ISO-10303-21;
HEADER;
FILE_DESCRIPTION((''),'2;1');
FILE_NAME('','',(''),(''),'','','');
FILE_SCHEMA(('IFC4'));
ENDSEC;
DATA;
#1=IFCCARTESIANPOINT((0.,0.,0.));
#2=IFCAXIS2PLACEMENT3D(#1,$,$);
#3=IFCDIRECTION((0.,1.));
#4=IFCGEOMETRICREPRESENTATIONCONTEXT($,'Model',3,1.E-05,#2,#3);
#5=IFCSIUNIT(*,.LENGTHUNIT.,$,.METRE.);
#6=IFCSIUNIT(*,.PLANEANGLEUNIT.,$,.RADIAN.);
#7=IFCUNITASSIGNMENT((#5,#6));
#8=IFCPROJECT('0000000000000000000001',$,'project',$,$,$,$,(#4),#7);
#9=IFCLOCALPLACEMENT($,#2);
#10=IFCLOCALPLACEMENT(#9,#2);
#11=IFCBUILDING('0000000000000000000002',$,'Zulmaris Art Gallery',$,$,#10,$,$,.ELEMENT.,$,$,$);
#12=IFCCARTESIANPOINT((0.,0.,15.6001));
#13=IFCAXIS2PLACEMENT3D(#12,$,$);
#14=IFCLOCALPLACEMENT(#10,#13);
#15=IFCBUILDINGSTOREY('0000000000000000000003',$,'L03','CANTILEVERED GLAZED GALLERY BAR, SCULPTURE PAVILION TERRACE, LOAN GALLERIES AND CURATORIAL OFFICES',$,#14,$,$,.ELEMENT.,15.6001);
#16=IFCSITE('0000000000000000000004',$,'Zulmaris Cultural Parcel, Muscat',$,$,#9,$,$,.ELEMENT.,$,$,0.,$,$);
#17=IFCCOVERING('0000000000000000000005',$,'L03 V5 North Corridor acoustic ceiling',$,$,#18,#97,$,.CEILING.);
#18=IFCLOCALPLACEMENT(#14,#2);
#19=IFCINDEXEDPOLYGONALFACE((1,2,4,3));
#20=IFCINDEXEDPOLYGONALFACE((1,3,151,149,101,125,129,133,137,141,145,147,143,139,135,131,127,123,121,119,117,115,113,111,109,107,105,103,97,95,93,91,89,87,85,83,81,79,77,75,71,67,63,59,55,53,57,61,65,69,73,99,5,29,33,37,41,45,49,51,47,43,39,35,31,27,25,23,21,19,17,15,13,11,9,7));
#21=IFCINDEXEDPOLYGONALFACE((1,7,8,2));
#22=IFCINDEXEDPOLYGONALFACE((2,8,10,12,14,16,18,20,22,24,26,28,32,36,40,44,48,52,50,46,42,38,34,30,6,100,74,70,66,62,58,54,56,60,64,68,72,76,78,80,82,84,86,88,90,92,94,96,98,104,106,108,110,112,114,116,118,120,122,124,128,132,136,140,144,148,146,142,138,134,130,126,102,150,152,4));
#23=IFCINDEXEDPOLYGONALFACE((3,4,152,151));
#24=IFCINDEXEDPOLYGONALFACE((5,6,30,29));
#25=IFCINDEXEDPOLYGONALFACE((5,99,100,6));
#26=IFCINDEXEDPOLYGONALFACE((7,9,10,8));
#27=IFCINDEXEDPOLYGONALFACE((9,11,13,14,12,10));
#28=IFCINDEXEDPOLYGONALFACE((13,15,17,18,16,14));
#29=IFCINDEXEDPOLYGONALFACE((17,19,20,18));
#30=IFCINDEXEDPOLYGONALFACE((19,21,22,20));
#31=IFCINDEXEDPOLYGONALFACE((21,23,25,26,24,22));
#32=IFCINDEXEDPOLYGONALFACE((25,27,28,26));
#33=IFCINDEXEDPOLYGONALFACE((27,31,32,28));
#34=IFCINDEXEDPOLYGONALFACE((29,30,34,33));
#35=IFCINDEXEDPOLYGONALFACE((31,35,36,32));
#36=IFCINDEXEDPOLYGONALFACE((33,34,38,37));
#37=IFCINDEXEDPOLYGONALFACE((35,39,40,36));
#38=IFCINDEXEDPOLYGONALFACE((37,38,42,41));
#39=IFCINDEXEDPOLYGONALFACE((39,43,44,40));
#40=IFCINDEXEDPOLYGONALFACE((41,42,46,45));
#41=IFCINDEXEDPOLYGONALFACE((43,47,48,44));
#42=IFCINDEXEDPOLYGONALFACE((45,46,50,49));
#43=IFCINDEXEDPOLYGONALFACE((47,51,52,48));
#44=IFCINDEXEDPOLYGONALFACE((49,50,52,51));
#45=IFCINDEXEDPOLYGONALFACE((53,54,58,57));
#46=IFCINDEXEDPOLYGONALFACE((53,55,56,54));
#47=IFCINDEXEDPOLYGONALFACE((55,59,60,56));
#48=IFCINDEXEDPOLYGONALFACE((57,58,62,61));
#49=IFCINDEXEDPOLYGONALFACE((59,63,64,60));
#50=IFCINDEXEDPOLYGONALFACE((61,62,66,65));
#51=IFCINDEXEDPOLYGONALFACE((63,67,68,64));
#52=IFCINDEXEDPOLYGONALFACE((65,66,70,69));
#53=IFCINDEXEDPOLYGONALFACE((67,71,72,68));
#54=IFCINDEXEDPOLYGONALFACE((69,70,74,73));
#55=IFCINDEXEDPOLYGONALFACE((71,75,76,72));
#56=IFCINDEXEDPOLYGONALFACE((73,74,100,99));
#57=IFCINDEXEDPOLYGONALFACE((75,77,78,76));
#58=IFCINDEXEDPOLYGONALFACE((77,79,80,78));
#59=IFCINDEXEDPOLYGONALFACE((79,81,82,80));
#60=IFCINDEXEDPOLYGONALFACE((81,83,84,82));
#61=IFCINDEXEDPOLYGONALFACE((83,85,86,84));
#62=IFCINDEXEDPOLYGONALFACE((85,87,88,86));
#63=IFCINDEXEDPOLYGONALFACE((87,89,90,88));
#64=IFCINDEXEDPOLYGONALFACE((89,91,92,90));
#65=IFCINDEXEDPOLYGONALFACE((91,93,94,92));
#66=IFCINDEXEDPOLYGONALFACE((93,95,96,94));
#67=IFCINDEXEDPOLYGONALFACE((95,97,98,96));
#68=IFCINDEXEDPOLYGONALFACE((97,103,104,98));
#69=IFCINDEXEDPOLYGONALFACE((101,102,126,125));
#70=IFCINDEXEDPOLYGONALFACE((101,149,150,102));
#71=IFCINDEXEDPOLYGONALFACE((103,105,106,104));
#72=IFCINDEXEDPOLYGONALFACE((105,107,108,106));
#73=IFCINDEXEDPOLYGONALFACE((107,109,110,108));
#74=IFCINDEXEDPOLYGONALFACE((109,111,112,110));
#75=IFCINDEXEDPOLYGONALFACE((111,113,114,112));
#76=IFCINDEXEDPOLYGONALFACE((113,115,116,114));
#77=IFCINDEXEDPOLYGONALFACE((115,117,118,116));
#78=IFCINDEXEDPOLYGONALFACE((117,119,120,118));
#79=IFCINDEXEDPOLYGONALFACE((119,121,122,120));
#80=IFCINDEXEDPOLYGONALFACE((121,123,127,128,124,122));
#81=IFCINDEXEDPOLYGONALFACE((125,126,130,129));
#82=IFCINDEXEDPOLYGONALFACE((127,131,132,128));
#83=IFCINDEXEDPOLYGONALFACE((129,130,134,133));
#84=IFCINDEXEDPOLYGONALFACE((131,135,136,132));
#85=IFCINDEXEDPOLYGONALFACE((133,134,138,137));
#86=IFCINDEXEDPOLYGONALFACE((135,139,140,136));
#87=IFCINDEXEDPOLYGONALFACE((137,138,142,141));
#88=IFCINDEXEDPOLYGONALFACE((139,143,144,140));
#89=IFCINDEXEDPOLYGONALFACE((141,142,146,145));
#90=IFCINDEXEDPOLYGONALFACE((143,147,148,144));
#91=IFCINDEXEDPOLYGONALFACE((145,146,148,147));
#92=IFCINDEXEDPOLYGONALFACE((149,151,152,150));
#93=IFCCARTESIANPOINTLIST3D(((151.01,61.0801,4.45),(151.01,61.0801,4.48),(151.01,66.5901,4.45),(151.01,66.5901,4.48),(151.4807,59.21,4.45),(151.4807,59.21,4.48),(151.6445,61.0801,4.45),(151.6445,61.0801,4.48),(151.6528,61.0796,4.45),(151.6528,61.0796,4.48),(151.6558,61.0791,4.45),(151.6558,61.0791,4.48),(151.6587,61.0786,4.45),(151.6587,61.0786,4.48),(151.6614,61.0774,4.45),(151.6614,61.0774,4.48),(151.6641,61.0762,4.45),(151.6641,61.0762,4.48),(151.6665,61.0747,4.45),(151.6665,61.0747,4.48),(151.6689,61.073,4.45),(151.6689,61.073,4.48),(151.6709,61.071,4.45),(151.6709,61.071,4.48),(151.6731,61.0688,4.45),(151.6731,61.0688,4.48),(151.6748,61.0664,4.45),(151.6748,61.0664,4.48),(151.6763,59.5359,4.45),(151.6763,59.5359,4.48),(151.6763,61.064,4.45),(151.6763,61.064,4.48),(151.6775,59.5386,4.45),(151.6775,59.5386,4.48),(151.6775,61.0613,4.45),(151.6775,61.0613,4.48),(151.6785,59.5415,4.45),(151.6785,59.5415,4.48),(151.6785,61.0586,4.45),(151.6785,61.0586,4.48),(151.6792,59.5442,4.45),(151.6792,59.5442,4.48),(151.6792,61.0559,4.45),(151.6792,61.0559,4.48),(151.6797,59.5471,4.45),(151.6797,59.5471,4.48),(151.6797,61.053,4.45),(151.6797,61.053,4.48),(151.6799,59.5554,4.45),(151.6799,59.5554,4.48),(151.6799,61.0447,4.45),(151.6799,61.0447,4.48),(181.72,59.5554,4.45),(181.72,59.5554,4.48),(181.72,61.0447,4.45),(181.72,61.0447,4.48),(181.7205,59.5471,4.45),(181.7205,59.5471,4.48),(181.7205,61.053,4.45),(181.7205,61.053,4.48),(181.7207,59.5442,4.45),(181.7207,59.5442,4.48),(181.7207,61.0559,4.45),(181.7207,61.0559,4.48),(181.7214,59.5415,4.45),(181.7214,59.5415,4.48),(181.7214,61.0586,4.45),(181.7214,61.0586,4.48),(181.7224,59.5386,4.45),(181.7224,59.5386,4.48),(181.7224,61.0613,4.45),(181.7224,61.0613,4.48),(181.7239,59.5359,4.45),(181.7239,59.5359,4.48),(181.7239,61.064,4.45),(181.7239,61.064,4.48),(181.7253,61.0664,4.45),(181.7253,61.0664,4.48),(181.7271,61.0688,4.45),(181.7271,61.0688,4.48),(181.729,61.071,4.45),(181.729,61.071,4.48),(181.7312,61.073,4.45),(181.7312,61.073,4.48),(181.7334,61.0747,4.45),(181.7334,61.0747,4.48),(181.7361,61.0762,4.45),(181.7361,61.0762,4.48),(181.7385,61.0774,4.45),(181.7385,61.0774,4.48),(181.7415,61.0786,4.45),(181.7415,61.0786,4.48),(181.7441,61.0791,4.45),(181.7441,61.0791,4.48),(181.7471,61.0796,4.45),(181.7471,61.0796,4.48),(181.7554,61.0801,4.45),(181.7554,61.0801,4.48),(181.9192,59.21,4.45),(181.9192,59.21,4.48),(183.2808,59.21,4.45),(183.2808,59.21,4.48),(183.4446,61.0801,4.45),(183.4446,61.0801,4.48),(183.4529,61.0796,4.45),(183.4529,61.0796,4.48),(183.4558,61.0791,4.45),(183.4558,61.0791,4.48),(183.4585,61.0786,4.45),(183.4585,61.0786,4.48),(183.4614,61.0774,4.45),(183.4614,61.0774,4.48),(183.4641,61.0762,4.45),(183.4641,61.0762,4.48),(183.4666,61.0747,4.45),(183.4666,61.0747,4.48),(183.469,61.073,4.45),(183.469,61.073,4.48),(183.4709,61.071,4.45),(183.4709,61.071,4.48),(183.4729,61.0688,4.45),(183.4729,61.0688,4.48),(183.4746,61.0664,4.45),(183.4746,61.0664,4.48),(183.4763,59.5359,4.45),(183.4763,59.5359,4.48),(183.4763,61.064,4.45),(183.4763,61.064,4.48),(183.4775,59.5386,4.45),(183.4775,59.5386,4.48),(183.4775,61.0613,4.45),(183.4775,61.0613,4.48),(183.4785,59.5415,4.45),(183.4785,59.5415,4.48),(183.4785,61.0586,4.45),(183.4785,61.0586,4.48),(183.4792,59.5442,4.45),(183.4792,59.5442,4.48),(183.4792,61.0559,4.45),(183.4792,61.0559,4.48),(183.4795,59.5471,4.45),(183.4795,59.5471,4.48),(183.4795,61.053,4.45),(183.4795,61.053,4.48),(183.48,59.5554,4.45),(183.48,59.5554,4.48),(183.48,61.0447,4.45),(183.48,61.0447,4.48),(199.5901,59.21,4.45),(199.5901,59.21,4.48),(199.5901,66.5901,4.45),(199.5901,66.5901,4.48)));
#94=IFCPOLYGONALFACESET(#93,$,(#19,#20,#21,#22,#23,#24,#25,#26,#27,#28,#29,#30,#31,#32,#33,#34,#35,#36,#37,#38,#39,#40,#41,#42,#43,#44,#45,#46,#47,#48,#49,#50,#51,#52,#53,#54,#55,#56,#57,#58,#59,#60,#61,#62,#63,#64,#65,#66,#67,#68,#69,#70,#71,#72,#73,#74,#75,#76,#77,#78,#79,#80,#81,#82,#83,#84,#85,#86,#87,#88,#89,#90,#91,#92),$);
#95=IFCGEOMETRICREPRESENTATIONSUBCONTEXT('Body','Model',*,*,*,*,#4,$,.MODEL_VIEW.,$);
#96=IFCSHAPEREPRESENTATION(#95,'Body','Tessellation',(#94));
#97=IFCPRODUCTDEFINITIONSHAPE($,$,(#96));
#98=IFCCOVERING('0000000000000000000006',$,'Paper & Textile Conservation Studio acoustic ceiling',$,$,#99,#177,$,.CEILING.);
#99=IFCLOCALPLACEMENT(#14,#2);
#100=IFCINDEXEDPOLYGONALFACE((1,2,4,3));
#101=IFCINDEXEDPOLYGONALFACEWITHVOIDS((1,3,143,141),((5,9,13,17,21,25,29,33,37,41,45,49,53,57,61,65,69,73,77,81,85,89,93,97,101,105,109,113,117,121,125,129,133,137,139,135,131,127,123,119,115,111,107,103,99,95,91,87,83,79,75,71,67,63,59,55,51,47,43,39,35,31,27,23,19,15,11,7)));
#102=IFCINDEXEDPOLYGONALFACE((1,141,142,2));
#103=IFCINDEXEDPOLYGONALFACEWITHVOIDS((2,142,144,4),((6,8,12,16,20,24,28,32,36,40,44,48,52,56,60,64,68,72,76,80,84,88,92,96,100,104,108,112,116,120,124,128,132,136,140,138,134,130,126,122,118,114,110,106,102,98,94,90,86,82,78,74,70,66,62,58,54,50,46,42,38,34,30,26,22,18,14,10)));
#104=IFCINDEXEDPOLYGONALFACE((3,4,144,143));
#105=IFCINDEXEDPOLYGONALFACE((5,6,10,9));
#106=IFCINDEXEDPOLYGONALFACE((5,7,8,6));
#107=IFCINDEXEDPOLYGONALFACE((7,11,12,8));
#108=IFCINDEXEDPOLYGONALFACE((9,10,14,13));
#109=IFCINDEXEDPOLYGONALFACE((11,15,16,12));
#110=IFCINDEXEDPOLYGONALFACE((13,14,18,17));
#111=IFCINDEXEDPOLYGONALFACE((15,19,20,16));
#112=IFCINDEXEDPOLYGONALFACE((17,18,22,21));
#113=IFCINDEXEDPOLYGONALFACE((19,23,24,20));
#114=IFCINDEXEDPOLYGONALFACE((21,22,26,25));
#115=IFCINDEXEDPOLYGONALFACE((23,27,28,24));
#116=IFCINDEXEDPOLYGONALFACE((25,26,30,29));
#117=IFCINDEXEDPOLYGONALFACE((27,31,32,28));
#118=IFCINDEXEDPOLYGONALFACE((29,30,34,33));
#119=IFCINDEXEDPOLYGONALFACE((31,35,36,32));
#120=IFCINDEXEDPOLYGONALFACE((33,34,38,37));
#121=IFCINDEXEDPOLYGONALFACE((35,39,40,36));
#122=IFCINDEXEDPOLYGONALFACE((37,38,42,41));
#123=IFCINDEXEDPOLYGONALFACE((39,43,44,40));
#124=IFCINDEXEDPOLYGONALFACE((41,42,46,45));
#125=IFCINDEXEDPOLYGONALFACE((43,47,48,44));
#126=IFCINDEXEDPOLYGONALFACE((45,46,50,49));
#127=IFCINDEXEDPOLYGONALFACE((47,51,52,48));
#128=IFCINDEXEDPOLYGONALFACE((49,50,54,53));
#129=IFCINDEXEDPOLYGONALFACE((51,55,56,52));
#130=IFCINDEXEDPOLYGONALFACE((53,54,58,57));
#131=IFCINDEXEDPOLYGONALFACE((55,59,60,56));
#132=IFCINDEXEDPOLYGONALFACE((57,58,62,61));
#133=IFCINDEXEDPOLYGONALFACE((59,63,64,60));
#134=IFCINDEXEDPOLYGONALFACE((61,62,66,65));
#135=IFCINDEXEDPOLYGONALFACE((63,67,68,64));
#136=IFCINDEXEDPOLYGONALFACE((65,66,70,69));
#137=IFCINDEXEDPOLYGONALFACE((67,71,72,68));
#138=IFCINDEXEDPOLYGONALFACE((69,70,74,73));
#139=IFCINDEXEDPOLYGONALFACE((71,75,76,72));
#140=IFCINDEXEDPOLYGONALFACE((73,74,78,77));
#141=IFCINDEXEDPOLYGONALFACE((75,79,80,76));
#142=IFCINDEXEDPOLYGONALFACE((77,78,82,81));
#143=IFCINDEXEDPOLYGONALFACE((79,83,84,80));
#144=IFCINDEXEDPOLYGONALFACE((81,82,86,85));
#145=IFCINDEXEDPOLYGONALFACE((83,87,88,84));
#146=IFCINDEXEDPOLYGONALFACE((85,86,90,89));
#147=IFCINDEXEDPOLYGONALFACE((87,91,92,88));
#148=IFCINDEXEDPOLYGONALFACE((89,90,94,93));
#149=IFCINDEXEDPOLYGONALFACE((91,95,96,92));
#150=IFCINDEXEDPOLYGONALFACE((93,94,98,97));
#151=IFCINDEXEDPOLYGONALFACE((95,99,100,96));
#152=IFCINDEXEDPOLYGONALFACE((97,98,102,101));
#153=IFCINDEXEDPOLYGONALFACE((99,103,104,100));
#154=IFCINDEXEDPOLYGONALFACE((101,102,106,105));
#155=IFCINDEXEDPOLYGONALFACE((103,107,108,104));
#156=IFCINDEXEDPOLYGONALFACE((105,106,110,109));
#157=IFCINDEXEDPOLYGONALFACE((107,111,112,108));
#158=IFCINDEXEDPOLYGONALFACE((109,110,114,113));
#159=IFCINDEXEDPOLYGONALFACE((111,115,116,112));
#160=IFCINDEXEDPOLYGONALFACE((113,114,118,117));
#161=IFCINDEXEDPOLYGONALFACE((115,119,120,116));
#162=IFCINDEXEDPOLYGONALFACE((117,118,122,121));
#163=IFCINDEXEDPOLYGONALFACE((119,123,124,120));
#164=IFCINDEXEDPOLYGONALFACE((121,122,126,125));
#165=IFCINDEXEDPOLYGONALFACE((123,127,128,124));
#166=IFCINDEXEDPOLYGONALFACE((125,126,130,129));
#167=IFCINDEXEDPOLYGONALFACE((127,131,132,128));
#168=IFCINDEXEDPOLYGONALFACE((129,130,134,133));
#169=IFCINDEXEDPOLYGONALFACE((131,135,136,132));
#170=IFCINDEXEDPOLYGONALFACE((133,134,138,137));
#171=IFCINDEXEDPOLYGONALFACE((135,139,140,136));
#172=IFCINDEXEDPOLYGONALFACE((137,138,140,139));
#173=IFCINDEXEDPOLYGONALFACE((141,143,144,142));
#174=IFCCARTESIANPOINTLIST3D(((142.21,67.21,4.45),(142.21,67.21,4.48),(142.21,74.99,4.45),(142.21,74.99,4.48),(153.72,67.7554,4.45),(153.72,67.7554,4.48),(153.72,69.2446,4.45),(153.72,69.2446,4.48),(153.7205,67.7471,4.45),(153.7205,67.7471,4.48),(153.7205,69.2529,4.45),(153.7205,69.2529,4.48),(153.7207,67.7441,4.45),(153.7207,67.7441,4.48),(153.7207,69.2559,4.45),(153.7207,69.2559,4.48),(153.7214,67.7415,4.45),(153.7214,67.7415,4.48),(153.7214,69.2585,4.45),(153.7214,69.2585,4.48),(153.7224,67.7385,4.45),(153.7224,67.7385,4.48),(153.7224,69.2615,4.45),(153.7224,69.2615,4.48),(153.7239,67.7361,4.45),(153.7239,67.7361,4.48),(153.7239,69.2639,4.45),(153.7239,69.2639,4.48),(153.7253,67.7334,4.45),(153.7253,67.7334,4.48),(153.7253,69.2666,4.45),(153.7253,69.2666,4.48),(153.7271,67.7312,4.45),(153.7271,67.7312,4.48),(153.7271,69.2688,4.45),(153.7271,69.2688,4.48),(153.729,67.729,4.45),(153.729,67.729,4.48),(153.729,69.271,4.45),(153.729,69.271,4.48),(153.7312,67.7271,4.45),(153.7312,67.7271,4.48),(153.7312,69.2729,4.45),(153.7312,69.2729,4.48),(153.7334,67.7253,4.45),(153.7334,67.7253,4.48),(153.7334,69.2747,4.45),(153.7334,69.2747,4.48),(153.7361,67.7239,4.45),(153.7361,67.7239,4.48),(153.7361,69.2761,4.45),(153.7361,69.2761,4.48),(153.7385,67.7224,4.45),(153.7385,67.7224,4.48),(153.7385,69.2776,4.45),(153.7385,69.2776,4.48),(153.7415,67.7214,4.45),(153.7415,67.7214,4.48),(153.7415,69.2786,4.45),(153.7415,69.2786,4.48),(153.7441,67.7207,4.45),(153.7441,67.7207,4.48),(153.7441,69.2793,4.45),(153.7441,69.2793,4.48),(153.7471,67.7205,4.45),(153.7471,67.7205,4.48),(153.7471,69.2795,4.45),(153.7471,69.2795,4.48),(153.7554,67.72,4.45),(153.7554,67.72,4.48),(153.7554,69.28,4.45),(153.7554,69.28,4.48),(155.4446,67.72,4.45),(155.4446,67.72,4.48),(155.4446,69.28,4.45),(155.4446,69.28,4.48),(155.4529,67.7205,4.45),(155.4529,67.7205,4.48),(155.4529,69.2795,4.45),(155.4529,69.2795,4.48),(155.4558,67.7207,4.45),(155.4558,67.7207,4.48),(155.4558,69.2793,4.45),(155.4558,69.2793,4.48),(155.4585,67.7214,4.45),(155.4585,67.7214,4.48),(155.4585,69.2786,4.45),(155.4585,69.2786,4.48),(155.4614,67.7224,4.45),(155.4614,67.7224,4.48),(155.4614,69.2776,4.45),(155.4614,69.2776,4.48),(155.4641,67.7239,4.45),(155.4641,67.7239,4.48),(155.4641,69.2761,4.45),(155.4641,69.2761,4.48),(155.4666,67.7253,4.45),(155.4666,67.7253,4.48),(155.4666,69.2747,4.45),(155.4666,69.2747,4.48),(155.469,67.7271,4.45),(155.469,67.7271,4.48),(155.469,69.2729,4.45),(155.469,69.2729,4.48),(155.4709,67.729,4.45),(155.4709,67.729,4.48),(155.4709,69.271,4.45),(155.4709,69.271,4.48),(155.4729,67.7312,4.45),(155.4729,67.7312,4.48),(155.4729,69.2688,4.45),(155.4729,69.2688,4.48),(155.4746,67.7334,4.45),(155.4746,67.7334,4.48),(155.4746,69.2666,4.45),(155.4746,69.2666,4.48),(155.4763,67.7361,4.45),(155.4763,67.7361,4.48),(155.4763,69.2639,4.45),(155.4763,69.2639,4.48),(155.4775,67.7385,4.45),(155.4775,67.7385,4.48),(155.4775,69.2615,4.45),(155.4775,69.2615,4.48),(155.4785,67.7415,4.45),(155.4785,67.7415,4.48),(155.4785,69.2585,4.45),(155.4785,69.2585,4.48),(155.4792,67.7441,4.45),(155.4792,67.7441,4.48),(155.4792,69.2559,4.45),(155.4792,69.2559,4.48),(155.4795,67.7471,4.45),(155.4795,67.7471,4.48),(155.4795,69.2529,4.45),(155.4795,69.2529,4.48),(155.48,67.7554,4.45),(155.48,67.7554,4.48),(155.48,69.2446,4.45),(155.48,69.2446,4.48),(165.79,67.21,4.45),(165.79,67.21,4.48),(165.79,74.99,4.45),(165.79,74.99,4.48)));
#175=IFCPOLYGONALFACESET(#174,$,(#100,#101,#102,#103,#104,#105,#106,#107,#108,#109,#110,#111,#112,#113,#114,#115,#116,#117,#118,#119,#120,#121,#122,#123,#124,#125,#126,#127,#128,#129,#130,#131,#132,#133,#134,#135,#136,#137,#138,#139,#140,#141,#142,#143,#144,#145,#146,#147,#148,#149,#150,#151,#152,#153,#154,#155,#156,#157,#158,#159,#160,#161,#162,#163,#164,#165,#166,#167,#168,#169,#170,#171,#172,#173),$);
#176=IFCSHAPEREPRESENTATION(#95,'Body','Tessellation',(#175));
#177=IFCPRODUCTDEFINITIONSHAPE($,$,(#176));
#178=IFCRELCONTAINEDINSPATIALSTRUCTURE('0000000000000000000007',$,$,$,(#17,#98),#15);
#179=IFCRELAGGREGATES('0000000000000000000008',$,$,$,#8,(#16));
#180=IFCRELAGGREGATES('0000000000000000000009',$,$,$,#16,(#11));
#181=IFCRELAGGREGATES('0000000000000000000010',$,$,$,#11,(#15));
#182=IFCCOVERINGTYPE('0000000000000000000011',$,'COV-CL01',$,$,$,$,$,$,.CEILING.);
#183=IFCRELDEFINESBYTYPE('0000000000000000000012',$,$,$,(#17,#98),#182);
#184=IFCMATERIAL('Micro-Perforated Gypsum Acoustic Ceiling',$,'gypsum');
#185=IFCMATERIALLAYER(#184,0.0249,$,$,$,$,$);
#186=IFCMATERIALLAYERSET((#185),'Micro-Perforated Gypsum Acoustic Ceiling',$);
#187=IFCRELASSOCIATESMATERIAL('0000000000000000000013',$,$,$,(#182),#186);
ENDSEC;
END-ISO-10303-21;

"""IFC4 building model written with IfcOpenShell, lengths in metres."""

from ifc_helpers import new_model, si_unit, direction, frame, origin, place, context, subcontext, project, spatial, polyline, outline, extrude, material, layer, layer_set, type_object, element, save


model = new_model("IFC4")

# Units and contexts
model_context = context("Model", 3, precision=1e-05, world=origin(), true_north=direction((0.0, 1.0)))
body_context = subcontext(model_context, "Body", "Model", "MODEL_VIEW")
ifc_project = project(units=[si_unit("LENGTHUNIT", "METRE"), si_unit("PLANEANGLEUNIT", "RADIAN")], contexts=[model_context])

# Site, building, storey
site_placement = place(None, origin())
site = spatial("IfcSite", under=ifc_project, at=site_placement, Name="Zulmaris Cultural Parcel, Muscat", CompositionType="ELEMENT", RefElevation=0.0)
building_placement = place(site_placement, origin())
building = spatial("IfcBuilding", under=site, at=building_placement, Name="Zulmaris Art Gallery", CompositionType="ELEMENT")
storey_placement = place(building_placement, frame((0.0, 0.0, 15.6001)))
storey = spatial("IfcBuildingStorey", under=building, at=storey_placement, Name="L03", Description="CANTILEVERED GLAZED GALLERY BAR, SCULPTURE PAVILION TERRACE, LOAN GALLERIES AND CURATORIAL OFFICES", CompositionType="ELEMENT", Elevation=15.6001)

# Coverings
ifc_material_1 = material(Name="Micro-Perforated Gypsum Acoustic Ceiling", Category="gypsum")
ifc_layer_1 = layer(ifc_material_1, 0.0249)
ifc_layer_set_1 = layer_set([ifc_layer_1], Name="Micro-Perforated Gypsum Acoustic Ceiling")
covering_type_1 = type_object("IfcCoveringType", Name="COV-CL01", PredefinedType="CEILING", material=ifc_layer_set_1)
covering_1_placement = place(storey_placement, frame((0.0, 0.0, 4.45)))
element("IfcCovering", 1, at=covering_1_placement, inside=storey, type_object=covering_type_1, Name="L03 V5 North Corridor acoustic ceiling", PredefinedType="CEILING", context=body_context, shape_type="SweptSolid", body=[
    extrude(outline(polyline([(151.6785, 59.5415), (151.6792, 59.5442), (151.6797, 59.5471), (151.6799, 59.5554), (151.6799, 61.0447), (151.6797, 61.053), (151.6792, 61.0559), (151.6785, 61.0586), (151.6775, 61.0613), (151.6763, 61.064), (151.6748, 61.0664), (151.6731, 61.0688), (151.6709, 61.071), (151.6689, 61.073), (151.6665, 61.0747), (151.6641, 61.0762), (151.6614, 61.0774), (151.6587, 61.0786), (151.6558, 61.0791), (151.6528, 61.0796), (151.6445, 61.0801), (151.01, 61.0801), (151.01, 66.5901), (199.5901, 66.5901), (199.5901, 59.21), (183.2808, 59.21), (183.4763, 59.5359), (183.4775, 59.5386), (183.4785, 59.5415), (183.4792, 59.5442), (183.4795, 59.5471), (183.48, 59.5554), (183.48, 61.0447), (183.4795, 61.053), (183.4792, 61.0559), (183.4785, 61.0586), (183.4775, 61.0613), (183.4763, 61.064), (183.4746, 61.0664), (183.4729, 61.0688), (183.4709, 61.071), (183.469, 61.073), (183.4666, 61.0747), (183.4641, 61.0762), (183.4614, 61.0774), (183.4585, 61.0786), (183.4558, 61.0791), (183.4529, 61.0796), (183.4446, 61.0801), (181.7554, 61.0801), (181.7471, 61.0796), (181.7441, 61.0791), (181.7415, 61.0786), (181.7385, 61.0774), (181.7361, 61.0762), (181.7334, 61.0747), (181.7312, 61.073), (181.729, 61.071), (181.7271, 61.0688), (181.7253, 61.0664), (181.7239, 61.064), (181.7224, 61.0613), (181.7214, 61.0586), (181.7207, 61.0559), (181.7205, 61.053), (181.72, 61.0447), (181.72, 59.5554), (181.7205, 59.5471), (181.7207, 59.5442), (181.7214, 59.5415), (181.7224, 59.5386), (181.7239, 59.5359), (181.9192, 59.21), (151.4807, 59.21), (151.6763, 59.5359), (151.6775, 59.5386), (151.6785, 59.5415)])), origin(), (0.0, 0.0, 1.0), 0.03),
])
covering_2_placement = place(storey_placement, frame((0.0, 0.0, 4.45)))
element("IfcCovering", 2, at=covering_2_placement, inside=storey, type_object=covering_type_1, Name="Paper & Textile Conservation Studio acoustic ceiling", PredefinedType="CEILING", context=body_context, shape_type="SweptSolid", body=[
    extrude(outline(polyline([(142.21, 74.99), (165.79, 74.99), (165.79, 67.21), (142.21, 67.21), (142.21, 74.99)]), holes=[polyline([(153.7214, 67.7415), (153.7224, 67.7385), (153.7239, 67.7361), (153.7253, 67.7334), (153.7271, 67.7312), (153.729, 67.729), (153.7312, 67.7271), (153.7334, 67.7253), (153.7361, 67.7239), (153.7385, 67.7224), (153.7415, 67.7214), (153.7441, 67.7207), (153.7471, 67.7205), (153.7554, 67.72), (155.4446, 67.72), (155.4529, 67.7205), (155.4558, 67.7207), (155.4585, 67.7214), (155.4614, 67.7224), (155.4641, 67.7239), (155.4666, 67.7253), (155.469, 67.7271), (155.4709, 67.729), (155.4729, 67.7312), (155.4746, 67.7334), (155.4763, 67.7361), (155.4775, 67.7385), (155.4785, 67.7415), (155.4792, 67.7441), (155.4795, 67.7471), (155.48, 67.7554), (155.48, 69.2446), (155.4795, 69.2529), (155.4792, 69.2559), (155.4785, 69.2585), (155.4775, 69.2615), (155.4763, 69.2639), (155.4746, 69.2666), (155.4729, 69.2688), (155.4709, 69.271), (155.469, 69.2729), (155.4666, 69.2747), (155.4641, 69.2761), (155.4614, 69.2776), (155.4585, 69.2786), (155.4558, 69.2793), (155.4529, 69.2795), (155.4446, 69.28), (153.7554, 69.28), (153.7471, 69.2795), (153.7441, 69.2793), (153.7415, 69.2786), (153.7385, 69.2776), (153.7361, 69.2761), (153.7334, 69.2747), (153.7312, 69.2729), (153.729, 69.271), (153.7271, 69.2688), (153.7253, 69.2666), (153.7239, 69.2639), (153.7224, 69.2615), (153.7214, 69.2585), (153.7207, 69.2559), (153.7205, 69.2529), (153.72, 69.2446), (153.72, 67.7554), (153.7205, 67.7471), (153.7207, 67.7441), (153.7214, 67.7415)])]), origin(), (0.0, 0.0, 1.0), 0.03),
])

save(model, "model.ifc")
